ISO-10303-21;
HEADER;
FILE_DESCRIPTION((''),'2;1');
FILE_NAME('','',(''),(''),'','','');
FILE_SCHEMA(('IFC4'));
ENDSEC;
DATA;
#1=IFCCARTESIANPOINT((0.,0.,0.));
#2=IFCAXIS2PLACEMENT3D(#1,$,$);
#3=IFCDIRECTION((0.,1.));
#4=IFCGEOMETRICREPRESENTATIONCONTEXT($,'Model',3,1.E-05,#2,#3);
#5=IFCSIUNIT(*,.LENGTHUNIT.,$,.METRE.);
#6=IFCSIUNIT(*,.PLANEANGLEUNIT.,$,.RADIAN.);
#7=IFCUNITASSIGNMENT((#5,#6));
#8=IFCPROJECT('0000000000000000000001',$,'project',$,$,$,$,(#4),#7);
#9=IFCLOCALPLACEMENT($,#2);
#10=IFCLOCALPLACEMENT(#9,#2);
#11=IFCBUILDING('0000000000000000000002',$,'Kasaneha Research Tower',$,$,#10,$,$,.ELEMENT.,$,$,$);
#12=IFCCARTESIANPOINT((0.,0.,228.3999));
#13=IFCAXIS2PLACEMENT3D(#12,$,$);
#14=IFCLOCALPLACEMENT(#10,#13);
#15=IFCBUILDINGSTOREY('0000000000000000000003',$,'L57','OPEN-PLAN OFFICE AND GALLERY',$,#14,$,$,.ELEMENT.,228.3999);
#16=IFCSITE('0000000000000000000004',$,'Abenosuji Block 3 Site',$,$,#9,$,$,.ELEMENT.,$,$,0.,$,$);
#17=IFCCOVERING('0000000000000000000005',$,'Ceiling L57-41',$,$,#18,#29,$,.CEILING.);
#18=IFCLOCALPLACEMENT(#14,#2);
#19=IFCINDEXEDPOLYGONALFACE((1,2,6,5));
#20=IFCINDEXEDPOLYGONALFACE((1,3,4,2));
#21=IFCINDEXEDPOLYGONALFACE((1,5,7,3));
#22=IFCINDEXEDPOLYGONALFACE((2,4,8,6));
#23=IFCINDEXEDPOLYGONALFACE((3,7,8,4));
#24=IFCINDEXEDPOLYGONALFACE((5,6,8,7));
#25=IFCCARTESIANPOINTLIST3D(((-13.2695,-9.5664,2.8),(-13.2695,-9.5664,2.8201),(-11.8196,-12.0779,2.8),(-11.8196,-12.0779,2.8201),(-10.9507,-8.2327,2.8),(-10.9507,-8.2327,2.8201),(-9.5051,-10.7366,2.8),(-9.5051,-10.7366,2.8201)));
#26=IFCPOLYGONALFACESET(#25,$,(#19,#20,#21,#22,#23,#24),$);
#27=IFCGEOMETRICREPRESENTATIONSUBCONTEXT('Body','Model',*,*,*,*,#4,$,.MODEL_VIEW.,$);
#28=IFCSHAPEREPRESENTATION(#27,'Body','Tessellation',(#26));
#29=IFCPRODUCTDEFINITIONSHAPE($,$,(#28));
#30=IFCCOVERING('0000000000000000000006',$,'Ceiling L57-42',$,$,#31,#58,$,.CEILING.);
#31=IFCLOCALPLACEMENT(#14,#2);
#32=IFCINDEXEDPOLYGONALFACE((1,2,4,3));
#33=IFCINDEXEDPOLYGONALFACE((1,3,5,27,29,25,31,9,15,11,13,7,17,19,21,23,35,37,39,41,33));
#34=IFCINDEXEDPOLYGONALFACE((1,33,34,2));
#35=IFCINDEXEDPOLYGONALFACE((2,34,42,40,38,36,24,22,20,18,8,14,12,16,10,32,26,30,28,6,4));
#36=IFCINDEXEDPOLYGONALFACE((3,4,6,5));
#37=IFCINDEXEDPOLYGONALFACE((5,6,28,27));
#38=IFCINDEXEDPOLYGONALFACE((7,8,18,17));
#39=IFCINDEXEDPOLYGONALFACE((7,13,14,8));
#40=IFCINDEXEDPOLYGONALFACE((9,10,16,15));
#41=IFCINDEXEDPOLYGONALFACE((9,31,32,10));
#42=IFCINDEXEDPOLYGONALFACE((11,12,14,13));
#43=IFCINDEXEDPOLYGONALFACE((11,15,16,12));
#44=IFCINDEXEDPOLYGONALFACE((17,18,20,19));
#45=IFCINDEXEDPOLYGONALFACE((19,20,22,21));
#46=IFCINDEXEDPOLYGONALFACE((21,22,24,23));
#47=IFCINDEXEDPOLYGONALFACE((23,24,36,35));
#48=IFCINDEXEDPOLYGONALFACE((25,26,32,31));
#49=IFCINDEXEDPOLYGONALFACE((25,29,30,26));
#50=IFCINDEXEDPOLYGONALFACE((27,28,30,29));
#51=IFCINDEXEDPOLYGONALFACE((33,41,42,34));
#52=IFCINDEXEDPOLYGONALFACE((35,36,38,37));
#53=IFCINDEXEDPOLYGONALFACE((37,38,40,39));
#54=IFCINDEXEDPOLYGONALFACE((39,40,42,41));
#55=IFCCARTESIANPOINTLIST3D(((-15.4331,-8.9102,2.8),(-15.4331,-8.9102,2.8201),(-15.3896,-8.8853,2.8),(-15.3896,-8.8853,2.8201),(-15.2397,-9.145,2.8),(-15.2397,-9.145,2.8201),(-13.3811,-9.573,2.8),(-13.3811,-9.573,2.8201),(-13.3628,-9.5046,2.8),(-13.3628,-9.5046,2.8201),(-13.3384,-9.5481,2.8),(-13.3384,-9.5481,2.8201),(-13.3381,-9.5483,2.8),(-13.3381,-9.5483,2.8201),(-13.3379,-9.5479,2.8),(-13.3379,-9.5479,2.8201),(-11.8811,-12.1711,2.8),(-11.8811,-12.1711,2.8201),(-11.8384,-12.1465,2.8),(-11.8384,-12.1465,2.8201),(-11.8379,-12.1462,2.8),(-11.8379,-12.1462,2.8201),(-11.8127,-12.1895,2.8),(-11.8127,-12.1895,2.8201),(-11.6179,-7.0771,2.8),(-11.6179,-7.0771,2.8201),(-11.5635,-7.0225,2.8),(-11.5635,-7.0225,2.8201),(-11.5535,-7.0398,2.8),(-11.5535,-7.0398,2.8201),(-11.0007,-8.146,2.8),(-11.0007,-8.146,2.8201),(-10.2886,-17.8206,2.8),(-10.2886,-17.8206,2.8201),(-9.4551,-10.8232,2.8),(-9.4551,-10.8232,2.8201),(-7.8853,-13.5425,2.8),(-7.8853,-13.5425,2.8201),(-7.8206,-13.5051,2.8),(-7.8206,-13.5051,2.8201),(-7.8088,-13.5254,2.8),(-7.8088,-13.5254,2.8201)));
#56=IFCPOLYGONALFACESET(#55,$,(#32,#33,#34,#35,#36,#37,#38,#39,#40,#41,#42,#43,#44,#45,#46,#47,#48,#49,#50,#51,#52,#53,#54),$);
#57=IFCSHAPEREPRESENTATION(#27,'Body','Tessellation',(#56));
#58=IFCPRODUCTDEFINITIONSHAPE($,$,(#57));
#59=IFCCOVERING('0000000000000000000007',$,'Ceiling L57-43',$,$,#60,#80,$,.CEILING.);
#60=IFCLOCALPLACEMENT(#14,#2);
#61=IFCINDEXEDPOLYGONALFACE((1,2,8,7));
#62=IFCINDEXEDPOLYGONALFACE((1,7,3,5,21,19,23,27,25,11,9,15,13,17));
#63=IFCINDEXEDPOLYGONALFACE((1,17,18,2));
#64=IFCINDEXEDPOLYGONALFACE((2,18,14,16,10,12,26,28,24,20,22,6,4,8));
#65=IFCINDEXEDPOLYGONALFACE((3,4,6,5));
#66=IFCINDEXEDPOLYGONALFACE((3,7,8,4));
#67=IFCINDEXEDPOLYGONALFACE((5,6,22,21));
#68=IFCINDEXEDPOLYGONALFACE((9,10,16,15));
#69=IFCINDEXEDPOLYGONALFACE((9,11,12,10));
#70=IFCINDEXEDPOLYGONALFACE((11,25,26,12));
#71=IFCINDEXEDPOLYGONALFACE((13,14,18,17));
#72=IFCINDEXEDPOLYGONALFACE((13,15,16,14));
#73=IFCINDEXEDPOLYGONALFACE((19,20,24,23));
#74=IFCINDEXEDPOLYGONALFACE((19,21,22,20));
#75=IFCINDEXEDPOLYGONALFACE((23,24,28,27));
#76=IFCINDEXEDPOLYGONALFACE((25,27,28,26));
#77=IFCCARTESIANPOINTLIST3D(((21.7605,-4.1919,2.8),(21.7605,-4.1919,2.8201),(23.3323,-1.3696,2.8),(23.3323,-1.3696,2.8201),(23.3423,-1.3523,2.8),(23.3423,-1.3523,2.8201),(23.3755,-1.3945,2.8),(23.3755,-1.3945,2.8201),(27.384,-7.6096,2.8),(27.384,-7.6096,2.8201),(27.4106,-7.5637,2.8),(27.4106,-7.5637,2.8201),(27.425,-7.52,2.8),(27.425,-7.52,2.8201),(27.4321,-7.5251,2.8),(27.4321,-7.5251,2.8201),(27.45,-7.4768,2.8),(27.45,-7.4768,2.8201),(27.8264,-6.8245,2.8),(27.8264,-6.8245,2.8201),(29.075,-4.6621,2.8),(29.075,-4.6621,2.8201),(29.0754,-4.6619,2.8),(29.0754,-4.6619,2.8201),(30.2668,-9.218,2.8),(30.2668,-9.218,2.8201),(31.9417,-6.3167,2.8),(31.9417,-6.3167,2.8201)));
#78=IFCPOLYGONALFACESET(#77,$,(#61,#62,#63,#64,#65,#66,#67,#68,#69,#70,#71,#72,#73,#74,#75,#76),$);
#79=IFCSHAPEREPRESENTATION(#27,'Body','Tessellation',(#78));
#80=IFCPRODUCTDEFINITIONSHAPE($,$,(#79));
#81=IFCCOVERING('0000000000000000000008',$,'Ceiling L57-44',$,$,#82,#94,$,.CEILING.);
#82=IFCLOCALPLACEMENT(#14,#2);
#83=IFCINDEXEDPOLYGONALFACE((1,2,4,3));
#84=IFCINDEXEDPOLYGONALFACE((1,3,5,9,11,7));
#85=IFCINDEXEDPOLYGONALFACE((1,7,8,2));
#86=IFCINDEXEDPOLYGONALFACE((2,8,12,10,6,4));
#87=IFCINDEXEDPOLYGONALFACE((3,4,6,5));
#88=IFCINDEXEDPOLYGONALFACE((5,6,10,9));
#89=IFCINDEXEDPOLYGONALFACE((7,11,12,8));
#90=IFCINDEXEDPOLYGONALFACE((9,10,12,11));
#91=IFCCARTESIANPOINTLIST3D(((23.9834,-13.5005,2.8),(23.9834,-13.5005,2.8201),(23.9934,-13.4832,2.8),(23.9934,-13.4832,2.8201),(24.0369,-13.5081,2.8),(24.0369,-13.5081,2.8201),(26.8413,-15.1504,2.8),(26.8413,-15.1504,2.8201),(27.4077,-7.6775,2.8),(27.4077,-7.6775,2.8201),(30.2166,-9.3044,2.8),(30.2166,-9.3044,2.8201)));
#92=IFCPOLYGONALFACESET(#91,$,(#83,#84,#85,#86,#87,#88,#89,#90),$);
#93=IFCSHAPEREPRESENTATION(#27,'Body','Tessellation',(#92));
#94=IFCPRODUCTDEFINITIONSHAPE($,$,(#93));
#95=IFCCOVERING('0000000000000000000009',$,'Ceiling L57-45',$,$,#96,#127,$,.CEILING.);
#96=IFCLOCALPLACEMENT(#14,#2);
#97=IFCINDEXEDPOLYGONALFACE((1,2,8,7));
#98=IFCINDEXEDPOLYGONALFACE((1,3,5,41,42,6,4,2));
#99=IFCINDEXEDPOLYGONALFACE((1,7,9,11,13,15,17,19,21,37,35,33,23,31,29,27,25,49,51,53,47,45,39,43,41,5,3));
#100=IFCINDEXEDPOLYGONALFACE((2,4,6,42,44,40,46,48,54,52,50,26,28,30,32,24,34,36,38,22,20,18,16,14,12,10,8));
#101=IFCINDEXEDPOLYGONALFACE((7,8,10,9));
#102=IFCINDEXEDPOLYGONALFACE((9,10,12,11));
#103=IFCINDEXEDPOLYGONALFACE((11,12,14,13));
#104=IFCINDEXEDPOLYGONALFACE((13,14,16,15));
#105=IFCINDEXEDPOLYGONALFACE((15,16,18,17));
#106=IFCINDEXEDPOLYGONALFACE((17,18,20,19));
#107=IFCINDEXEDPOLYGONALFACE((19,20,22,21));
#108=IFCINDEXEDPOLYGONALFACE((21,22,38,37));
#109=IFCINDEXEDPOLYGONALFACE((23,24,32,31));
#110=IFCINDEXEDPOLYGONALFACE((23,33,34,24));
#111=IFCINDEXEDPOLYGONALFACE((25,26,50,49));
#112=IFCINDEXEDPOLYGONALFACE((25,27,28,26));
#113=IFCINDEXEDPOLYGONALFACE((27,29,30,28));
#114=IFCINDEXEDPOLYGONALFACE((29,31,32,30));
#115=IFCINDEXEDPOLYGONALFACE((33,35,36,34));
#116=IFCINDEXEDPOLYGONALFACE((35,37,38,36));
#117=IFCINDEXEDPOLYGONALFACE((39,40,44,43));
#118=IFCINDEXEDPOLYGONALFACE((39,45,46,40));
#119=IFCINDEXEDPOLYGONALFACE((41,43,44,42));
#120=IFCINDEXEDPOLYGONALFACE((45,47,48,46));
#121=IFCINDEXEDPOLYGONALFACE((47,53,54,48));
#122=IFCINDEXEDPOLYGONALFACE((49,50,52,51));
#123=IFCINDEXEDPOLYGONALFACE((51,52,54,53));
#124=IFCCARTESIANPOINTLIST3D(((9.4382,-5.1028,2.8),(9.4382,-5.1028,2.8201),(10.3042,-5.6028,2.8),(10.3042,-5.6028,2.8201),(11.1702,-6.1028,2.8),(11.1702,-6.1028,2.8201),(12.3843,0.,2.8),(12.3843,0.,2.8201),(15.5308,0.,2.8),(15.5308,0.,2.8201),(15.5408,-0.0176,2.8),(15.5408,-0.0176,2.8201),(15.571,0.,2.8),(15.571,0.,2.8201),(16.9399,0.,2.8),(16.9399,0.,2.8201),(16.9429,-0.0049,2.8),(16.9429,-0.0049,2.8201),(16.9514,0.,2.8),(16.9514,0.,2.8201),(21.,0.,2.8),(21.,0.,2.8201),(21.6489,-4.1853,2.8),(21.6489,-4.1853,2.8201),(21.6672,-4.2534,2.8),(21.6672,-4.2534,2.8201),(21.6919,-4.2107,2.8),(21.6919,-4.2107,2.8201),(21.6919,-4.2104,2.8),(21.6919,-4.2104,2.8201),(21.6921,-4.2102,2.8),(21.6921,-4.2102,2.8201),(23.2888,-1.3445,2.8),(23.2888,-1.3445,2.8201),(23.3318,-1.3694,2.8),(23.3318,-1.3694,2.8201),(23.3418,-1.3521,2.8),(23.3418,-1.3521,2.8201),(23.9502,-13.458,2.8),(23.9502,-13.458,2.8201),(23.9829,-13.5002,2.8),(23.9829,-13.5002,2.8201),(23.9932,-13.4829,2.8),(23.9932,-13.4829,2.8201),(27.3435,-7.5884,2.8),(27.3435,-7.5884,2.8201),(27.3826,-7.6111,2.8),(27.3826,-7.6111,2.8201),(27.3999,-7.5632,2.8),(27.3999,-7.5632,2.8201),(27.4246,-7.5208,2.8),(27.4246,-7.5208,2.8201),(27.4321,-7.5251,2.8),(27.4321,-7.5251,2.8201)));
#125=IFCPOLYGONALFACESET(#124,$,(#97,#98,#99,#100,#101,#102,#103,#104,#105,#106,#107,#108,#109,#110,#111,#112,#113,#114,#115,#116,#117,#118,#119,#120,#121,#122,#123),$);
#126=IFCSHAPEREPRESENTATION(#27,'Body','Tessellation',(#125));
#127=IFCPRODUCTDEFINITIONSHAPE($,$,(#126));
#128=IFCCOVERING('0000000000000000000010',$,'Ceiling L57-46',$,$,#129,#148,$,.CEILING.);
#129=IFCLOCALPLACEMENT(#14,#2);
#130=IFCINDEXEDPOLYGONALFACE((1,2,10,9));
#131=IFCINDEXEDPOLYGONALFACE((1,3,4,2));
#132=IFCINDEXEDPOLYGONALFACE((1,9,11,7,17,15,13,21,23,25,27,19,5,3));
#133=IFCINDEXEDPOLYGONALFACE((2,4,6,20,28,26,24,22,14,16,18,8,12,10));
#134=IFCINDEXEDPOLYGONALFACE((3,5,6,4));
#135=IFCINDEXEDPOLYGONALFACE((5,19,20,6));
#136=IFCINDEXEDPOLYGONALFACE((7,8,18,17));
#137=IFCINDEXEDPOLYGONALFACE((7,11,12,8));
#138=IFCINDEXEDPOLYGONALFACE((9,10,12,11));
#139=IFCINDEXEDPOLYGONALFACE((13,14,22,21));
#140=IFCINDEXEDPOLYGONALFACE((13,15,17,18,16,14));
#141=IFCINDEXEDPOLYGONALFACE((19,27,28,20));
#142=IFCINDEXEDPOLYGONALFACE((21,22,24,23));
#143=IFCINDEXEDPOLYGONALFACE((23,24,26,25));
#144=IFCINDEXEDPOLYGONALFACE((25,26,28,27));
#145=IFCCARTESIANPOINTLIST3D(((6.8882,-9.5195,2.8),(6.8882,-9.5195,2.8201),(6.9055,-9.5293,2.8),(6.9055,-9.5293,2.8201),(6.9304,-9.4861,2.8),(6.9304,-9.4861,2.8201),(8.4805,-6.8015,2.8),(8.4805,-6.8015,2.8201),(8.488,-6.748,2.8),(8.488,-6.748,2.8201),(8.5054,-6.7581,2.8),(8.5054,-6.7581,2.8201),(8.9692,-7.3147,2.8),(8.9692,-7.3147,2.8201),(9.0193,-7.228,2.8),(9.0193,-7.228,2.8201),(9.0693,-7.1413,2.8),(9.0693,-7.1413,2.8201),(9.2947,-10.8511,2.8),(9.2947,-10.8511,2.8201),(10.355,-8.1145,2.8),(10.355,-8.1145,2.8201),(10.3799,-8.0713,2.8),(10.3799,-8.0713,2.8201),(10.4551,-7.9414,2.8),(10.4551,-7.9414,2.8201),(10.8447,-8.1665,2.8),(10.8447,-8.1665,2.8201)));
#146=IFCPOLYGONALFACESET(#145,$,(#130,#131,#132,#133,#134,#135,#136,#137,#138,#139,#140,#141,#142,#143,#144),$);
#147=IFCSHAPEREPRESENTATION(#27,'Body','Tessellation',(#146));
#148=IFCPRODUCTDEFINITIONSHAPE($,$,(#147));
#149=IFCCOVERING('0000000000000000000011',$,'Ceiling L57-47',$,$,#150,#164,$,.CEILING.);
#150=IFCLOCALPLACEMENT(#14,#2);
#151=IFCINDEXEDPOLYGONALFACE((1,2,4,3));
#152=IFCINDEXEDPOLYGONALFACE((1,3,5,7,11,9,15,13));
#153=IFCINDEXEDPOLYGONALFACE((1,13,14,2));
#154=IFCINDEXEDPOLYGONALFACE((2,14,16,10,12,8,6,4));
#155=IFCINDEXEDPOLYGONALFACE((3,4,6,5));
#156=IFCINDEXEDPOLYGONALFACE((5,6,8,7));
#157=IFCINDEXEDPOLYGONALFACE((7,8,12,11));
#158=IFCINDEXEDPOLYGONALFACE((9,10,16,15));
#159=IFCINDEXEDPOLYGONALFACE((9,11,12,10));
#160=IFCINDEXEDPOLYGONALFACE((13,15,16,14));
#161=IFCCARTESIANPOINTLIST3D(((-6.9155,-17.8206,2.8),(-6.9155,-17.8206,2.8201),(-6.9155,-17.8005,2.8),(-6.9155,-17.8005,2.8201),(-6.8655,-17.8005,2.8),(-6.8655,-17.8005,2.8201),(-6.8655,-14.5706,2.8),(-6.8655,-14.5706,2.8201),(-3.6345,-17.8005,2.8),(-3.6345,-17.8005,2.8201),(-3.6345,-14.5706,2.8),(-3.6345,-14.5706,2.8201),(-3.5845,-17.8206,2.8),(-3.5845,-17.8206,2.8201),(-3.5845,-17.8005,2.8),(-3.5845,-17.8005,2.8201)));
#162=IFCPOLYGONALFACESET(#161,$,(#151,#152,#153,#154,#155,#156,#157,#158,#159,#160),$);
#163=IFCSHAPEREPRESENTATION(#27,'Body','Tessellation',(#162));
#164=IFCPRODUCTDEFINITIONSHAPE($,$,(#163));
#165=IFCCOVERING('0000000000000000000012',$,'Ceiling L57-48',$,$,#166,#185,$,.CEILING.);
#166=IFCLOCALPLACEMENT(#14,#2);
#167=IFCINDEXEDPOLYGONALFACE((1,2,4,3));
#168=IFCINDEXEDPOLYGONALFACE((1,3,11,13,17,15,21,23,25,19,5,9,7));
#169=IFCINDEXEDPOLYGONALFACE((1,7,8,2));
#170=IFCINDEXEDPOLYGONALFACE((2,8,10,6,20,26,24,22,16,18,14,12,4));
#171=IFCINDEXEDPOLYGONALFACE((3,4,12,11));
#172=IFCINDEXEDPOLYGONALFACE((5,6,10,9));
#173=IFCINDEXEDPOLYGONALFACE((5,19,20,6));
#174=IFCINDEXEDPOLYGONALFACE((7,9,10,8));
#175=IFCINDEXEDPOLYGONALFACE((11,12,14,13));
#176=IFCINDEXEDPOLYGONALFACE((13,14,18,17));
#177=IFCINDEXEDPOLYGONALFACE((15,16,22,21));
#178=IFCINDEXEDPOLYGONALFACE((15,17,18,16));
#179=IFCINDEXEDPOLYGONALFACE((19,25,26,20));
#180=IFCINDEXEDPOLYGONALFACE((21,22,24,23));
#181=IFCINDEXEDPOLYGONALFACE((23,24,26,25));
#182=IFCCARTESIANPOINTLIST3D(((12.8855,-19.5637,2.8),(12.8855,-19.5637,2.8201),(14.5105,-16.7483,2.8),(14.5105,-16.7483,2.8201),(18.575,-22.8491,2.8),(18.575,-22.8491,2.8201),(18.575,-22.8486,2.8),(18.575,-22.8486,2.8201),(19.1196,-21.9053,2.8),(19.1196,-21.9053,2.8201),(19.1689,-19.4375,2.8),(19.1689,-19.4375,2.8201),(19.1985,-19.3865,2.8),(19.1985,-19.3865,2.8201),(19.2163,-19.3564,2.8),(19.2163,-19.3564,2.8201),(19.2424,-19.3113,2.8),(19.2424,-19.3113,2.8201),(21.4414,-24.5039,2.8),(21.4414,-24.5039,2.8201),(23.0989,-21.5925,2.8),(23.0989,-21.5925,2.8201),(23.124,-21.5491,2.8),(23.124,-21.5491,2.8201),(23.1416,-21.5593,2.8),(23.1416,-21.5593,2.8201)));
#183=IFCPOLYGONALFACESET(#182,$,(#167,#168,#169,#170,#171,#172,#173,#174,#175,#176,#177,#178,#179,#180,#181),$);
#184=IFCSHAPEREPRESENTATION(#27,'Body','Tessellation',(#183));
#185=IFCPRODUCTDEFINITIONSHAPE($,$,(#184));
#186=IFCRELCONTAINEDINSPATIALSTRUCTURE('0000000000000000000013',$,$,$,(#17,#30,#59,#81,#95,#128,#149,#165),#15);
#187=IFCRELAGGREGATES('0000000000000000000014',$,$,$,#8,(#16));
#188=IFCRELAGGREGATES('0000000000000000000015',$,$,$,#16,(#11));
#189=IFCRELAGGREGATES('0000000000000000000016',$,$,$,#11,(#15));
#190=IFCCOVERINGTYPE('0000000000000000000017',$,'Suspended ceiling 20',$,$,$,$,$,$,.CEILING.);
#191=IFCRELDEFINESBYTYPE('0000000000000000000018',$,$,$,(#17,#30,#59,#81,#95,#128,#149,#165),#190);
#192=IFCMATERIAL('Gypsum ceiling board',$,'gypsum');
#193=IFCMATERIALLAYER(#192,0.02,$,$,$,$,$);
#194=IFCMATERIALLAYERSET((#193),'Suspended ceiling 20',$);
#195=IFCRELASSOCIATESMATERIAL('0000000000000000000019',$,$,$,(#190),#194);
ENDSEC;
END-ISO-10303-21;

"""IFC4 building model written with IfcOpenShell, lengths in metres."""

from ifc_helpers import new_model, si_unit, direction, frame, origin, place, context, subcontext, project, spatial, polyline, outline, extrude, material, layer, layer_set, type_object, element, save


model = new_model("IFC4")

# Units and contexts
model_context = context("Model", 3, precision=1e-05, world=origin(), true_north=direction((0.0, 1.0)))
body_context = subcontext(model_context, "Body", "Model", "MODEL_VIEW")
ifc_project = project(units=[si_unit("LENGTHUNIT", "METRE"), si_unit("PLANEANGLEUNIT", "RADIAN")], contexts=[model_context])

# Site, building, storey
site_placement = place(None, origin())
site = spatial("IfcSite", under=ifc_project, at=site_placement, Name="Abenosuji Block 3 Site", CompositionType="ELEMENT", RefElevation=0.0)
building_placement = place(site_placement, origin())
building = spatial("IfcBuilding", under=site, at=building_placement, Name="Kasaneha Research Tower", CompositionType="ELEMENT")
storey_placement = place(building_placement, frame((0.0, 0.0, 228.3999)))
storey = spatial("IfcBuildingStorey", under=building, at=storey_placement, Name="L57", Description="OPEN-PLAN OFFICE AND GALLERY", CompositionType="ELEMENT", Elevation=228.3999)

# Coverings
ifc_material_1 = material(Name="Gypsum ceiling board", Category="gypsum")
ifc_layer_1 = layer(ifc_material_1, 0.02)
ifc_layer_set_1 = layer_set([ifc_layer_1], Name="Suspended ceiling 20")
covering_type_1 = type_object("IfcCoveringType", Name="Suspended ceiling 20", PredefinedType="CEILING", material=ifc_layer_set_1)
covering_1_placement = place(storey_placement, frame((0.0, 0.0, 2.8)))
element("IfcCovering", 1, at=covering_1_placement, inside=storey, type_object=covering_type_1, Name="Ceiling L57-41", PredefinedType="CEILING", context=body_context, shape_type="SweptSolid", body=[
    extrude(outline(polyline([(-13.2695, -9.5664), (-10.9507, -8.2327), (-9.5051, -10.7366), (-11.8196, -12.0779), (-13.2695, -9.5664)])), origin(), (0.0, 0.0, 1.0), 0.02),
])
covering_2_placement = place(storey_placement, frame((0.0, 0.0, 2.8)))
element("IfcCovering", 2, at=covering_2_placement, inside=storey, type_object=covering_type_1, Name="Ceiling L57-42", PredefinedType="CEILING", context=body_context, shape_type="SweptSolid", body=[
    extrude(outline(polyline([(-11.5535, -7.0398), (-11.6179, -7.0771), (-11.0007, -8.146), (-13.3628, -9.5046), (-13.3379, -9.5479), (-13.3384, -9.5481), (-13.3381, -9.5483), (-13.3811, -9.573), (-11.8811, -12.1711), (-11.8384, -12.1465), (-11.8384, -12.1465), (-11.8379, -12.1462), (-11.8127, -12.1895), (-9.4551, -10.8232), (-7.8853, -13.5425), (-7.8206, -13.5051), (-7.8088, -13.5254), (-10.2886, -17.8206), (-15.4331, -8.9102), (-15.3896, -8.8853), (-15.2397, -9.145), (-15.2397, -9.145), (-15.2397, -9.145), (-11.5635, -7.0225), (-11.5535, -7.0398)])), origin(), (0.0, 0.0, 1.0), 0.02),
])
covering_3_placement = place(storey_placement, frame((0.0, 0.0, 2.8)))
element("IfcCovering", 3, at=covering_3_placement, inside=storey, type_object=covering_type_1, Name="Ceiling L57-43", PredefinedType="CEILING", context=body_context, shape_type="SweptSolid", body=[
    extrude(outline(polyline([(27.8264, -6.8245), (29.0754, -4.6619), (31.9417, -6.3167), (30.2668, -9.218), (27.4106, -7.5637), (27.384, -7.6096), (27.4321, -7.5251), (27.425, -7.52), (27.45, -7.4768), (21.7605, -4.1919), (23.3755, -1.3945), (23.3323, -1.3696), (23.3423, -1.3523), (29.075, -4.6621), (27.8264, -6.8245)])), origin(), (0.0, 0.0, 1.0), 0.02),
])
covering_4_placement = place(storey_placement, frame((0.0, 0.0, 2.8)))
element("IfcCovering", 4, at=covering_4_placement, inside=storey, type_object=covering_type_1, Name="Ceiling L57-44", PredefinedType="CEILING", context=body_context, shape_type="SweptSolid", body=[
    extrude(outline(polyline([(23.9834, -13.5005), (23.9934, -13.4832), (24.0369, -13.5081), (27.4077, -7.6775), (30.2166, -9.3044), (26.8413, -15.1504), (23.9834, -13.5005)])), origin(), (0.0, 0.0, 1.0), 0.02),
])
covering_5_placement = place(storey_placement, frame((0.0, 0.0, 2.8)))
element("IfcCovering", 5, at=covering_5_placement, inside=storey, type_object=covering_type_1, Name="Ceiling L57-45", PredefinedType="CEILING", context=body_context, shape_type="SweptSolid", body=[
    extrude(outline(polyline([(9.4382, -5.1028), (12.3843, 0.0), (15.5308, 0.0), (15.5408, -0.0176), (15.571, 0.0), (16.9399, 0.0), (16.9429, -0.0049), (16.9514, 0.0), (21.0, 0.0), (23.3418, -1.3521), (23.3318, -1.3694), (23.2888, -1.3445), (21.6489, -4.1853), (21.6921, -4.2102), (21.6919, -4.2104), (21.6919, -4.2107), (21.6672, -4.2534), (27.3999, -7.5632), (27.4246, -7.5208), (27.4321, -7.5251), (27.3826, -7.6111), (27.3435, -7.5884), (23.9502, -13.458), (23.9932, -13.4829), (23.9829, -13.5002), (11.1702, -6.1028), (11.1702, -6.1028), (10.3042, -5.6028), (10.3042, -5.6028), (9.4382, -5.1028)])), origin(), (0.0, 0.0, 1.0), 0.02),
])
covering_6_placement = place(storey_placement, frame((0.0, 0.0, 2.8)))
element("IfcCovering", 6, at=covering_6_placement, inside=storey, type_object=covering_type_1, Name="Ceiling L57-46", PredefinedType="CEILING", context=body_context, shape_type="SweptSolid", body=[
    extrude(outline(polyline([(8.488, -6.748), (8.5054, -6.7581), (8.4805, -6.8015), (9.0693, -7.1414), (9.0942, -7.0981), (9.0942, -7.0981), (9.0193, -7.228), (9.0193, -7.228), (8.9692, -7.3147), (10.355, -8.1145), (10.3799, -8.0713), (10.3799, -8.0713), (10.4551, -7.9414), (10.8447, -8.1665), (9.2947, -10.8511), (6.9304, -9.4861), (6.9055, -9.5293), (6.8882, -9.5195), (8.488, -6.748)])), origin(), (0.0, 0.0, 1.0), 0.02),
])
covering_7_placement = place(storey_placement, frame((0.0, 0.0, 2.8)))
element("IfcCovering", 7, at=covering_7_placement, inside=storey, type_object=covering_type_1, Name="Ceiling L57-47", PredefinedType="CEILING", context=body_context, shape_type="SweptSolid", body=[
    extrude(outline(polyline([(-6.9155, -17.8206), (-6.9155, -17.8005), (-6.8655, -17.8005), (-6.8655, -14.5706), (-3.6345, -14.5706), (-3.6345, -17.8005), (-3.5845, -17.8005), (-3.5845, -17.8206), (-6.9155, -17.8206)])), origin(), (0.0, 0.0, 1.0), 0.02),
])
covering_8_placement = place(storey_placement, frame((0.0, 0.0, 2.8)))
element("IfcCovering", 8, at=covering_8_placement, inside=storey, type_object=covering_type_1, Name="Ceiling L57-48", PredefinedType="CEILING", context=body_context, shape_type="SweptSolid", body=[
    extrude(outline(polyline([(19.2424, -19.3113), (19.2163, -19.3564), (23.0989, -21.5925), (23.124, -21.5491), (23.1416, -21.5593), (21.4414, -24.5039), (18.575, -22.8491), (19.1196, -21.9053), (18.575, -22.8486), (12.8855, -19.5637), (14.5105, -16.7483), (19.1689, -19.4375), (19.1985, -19.3865), (19.2424, -19.3113)])), origin(), (0.0, 0.0, 1.0), 0.02),
])

save(model, "model.ifc")
